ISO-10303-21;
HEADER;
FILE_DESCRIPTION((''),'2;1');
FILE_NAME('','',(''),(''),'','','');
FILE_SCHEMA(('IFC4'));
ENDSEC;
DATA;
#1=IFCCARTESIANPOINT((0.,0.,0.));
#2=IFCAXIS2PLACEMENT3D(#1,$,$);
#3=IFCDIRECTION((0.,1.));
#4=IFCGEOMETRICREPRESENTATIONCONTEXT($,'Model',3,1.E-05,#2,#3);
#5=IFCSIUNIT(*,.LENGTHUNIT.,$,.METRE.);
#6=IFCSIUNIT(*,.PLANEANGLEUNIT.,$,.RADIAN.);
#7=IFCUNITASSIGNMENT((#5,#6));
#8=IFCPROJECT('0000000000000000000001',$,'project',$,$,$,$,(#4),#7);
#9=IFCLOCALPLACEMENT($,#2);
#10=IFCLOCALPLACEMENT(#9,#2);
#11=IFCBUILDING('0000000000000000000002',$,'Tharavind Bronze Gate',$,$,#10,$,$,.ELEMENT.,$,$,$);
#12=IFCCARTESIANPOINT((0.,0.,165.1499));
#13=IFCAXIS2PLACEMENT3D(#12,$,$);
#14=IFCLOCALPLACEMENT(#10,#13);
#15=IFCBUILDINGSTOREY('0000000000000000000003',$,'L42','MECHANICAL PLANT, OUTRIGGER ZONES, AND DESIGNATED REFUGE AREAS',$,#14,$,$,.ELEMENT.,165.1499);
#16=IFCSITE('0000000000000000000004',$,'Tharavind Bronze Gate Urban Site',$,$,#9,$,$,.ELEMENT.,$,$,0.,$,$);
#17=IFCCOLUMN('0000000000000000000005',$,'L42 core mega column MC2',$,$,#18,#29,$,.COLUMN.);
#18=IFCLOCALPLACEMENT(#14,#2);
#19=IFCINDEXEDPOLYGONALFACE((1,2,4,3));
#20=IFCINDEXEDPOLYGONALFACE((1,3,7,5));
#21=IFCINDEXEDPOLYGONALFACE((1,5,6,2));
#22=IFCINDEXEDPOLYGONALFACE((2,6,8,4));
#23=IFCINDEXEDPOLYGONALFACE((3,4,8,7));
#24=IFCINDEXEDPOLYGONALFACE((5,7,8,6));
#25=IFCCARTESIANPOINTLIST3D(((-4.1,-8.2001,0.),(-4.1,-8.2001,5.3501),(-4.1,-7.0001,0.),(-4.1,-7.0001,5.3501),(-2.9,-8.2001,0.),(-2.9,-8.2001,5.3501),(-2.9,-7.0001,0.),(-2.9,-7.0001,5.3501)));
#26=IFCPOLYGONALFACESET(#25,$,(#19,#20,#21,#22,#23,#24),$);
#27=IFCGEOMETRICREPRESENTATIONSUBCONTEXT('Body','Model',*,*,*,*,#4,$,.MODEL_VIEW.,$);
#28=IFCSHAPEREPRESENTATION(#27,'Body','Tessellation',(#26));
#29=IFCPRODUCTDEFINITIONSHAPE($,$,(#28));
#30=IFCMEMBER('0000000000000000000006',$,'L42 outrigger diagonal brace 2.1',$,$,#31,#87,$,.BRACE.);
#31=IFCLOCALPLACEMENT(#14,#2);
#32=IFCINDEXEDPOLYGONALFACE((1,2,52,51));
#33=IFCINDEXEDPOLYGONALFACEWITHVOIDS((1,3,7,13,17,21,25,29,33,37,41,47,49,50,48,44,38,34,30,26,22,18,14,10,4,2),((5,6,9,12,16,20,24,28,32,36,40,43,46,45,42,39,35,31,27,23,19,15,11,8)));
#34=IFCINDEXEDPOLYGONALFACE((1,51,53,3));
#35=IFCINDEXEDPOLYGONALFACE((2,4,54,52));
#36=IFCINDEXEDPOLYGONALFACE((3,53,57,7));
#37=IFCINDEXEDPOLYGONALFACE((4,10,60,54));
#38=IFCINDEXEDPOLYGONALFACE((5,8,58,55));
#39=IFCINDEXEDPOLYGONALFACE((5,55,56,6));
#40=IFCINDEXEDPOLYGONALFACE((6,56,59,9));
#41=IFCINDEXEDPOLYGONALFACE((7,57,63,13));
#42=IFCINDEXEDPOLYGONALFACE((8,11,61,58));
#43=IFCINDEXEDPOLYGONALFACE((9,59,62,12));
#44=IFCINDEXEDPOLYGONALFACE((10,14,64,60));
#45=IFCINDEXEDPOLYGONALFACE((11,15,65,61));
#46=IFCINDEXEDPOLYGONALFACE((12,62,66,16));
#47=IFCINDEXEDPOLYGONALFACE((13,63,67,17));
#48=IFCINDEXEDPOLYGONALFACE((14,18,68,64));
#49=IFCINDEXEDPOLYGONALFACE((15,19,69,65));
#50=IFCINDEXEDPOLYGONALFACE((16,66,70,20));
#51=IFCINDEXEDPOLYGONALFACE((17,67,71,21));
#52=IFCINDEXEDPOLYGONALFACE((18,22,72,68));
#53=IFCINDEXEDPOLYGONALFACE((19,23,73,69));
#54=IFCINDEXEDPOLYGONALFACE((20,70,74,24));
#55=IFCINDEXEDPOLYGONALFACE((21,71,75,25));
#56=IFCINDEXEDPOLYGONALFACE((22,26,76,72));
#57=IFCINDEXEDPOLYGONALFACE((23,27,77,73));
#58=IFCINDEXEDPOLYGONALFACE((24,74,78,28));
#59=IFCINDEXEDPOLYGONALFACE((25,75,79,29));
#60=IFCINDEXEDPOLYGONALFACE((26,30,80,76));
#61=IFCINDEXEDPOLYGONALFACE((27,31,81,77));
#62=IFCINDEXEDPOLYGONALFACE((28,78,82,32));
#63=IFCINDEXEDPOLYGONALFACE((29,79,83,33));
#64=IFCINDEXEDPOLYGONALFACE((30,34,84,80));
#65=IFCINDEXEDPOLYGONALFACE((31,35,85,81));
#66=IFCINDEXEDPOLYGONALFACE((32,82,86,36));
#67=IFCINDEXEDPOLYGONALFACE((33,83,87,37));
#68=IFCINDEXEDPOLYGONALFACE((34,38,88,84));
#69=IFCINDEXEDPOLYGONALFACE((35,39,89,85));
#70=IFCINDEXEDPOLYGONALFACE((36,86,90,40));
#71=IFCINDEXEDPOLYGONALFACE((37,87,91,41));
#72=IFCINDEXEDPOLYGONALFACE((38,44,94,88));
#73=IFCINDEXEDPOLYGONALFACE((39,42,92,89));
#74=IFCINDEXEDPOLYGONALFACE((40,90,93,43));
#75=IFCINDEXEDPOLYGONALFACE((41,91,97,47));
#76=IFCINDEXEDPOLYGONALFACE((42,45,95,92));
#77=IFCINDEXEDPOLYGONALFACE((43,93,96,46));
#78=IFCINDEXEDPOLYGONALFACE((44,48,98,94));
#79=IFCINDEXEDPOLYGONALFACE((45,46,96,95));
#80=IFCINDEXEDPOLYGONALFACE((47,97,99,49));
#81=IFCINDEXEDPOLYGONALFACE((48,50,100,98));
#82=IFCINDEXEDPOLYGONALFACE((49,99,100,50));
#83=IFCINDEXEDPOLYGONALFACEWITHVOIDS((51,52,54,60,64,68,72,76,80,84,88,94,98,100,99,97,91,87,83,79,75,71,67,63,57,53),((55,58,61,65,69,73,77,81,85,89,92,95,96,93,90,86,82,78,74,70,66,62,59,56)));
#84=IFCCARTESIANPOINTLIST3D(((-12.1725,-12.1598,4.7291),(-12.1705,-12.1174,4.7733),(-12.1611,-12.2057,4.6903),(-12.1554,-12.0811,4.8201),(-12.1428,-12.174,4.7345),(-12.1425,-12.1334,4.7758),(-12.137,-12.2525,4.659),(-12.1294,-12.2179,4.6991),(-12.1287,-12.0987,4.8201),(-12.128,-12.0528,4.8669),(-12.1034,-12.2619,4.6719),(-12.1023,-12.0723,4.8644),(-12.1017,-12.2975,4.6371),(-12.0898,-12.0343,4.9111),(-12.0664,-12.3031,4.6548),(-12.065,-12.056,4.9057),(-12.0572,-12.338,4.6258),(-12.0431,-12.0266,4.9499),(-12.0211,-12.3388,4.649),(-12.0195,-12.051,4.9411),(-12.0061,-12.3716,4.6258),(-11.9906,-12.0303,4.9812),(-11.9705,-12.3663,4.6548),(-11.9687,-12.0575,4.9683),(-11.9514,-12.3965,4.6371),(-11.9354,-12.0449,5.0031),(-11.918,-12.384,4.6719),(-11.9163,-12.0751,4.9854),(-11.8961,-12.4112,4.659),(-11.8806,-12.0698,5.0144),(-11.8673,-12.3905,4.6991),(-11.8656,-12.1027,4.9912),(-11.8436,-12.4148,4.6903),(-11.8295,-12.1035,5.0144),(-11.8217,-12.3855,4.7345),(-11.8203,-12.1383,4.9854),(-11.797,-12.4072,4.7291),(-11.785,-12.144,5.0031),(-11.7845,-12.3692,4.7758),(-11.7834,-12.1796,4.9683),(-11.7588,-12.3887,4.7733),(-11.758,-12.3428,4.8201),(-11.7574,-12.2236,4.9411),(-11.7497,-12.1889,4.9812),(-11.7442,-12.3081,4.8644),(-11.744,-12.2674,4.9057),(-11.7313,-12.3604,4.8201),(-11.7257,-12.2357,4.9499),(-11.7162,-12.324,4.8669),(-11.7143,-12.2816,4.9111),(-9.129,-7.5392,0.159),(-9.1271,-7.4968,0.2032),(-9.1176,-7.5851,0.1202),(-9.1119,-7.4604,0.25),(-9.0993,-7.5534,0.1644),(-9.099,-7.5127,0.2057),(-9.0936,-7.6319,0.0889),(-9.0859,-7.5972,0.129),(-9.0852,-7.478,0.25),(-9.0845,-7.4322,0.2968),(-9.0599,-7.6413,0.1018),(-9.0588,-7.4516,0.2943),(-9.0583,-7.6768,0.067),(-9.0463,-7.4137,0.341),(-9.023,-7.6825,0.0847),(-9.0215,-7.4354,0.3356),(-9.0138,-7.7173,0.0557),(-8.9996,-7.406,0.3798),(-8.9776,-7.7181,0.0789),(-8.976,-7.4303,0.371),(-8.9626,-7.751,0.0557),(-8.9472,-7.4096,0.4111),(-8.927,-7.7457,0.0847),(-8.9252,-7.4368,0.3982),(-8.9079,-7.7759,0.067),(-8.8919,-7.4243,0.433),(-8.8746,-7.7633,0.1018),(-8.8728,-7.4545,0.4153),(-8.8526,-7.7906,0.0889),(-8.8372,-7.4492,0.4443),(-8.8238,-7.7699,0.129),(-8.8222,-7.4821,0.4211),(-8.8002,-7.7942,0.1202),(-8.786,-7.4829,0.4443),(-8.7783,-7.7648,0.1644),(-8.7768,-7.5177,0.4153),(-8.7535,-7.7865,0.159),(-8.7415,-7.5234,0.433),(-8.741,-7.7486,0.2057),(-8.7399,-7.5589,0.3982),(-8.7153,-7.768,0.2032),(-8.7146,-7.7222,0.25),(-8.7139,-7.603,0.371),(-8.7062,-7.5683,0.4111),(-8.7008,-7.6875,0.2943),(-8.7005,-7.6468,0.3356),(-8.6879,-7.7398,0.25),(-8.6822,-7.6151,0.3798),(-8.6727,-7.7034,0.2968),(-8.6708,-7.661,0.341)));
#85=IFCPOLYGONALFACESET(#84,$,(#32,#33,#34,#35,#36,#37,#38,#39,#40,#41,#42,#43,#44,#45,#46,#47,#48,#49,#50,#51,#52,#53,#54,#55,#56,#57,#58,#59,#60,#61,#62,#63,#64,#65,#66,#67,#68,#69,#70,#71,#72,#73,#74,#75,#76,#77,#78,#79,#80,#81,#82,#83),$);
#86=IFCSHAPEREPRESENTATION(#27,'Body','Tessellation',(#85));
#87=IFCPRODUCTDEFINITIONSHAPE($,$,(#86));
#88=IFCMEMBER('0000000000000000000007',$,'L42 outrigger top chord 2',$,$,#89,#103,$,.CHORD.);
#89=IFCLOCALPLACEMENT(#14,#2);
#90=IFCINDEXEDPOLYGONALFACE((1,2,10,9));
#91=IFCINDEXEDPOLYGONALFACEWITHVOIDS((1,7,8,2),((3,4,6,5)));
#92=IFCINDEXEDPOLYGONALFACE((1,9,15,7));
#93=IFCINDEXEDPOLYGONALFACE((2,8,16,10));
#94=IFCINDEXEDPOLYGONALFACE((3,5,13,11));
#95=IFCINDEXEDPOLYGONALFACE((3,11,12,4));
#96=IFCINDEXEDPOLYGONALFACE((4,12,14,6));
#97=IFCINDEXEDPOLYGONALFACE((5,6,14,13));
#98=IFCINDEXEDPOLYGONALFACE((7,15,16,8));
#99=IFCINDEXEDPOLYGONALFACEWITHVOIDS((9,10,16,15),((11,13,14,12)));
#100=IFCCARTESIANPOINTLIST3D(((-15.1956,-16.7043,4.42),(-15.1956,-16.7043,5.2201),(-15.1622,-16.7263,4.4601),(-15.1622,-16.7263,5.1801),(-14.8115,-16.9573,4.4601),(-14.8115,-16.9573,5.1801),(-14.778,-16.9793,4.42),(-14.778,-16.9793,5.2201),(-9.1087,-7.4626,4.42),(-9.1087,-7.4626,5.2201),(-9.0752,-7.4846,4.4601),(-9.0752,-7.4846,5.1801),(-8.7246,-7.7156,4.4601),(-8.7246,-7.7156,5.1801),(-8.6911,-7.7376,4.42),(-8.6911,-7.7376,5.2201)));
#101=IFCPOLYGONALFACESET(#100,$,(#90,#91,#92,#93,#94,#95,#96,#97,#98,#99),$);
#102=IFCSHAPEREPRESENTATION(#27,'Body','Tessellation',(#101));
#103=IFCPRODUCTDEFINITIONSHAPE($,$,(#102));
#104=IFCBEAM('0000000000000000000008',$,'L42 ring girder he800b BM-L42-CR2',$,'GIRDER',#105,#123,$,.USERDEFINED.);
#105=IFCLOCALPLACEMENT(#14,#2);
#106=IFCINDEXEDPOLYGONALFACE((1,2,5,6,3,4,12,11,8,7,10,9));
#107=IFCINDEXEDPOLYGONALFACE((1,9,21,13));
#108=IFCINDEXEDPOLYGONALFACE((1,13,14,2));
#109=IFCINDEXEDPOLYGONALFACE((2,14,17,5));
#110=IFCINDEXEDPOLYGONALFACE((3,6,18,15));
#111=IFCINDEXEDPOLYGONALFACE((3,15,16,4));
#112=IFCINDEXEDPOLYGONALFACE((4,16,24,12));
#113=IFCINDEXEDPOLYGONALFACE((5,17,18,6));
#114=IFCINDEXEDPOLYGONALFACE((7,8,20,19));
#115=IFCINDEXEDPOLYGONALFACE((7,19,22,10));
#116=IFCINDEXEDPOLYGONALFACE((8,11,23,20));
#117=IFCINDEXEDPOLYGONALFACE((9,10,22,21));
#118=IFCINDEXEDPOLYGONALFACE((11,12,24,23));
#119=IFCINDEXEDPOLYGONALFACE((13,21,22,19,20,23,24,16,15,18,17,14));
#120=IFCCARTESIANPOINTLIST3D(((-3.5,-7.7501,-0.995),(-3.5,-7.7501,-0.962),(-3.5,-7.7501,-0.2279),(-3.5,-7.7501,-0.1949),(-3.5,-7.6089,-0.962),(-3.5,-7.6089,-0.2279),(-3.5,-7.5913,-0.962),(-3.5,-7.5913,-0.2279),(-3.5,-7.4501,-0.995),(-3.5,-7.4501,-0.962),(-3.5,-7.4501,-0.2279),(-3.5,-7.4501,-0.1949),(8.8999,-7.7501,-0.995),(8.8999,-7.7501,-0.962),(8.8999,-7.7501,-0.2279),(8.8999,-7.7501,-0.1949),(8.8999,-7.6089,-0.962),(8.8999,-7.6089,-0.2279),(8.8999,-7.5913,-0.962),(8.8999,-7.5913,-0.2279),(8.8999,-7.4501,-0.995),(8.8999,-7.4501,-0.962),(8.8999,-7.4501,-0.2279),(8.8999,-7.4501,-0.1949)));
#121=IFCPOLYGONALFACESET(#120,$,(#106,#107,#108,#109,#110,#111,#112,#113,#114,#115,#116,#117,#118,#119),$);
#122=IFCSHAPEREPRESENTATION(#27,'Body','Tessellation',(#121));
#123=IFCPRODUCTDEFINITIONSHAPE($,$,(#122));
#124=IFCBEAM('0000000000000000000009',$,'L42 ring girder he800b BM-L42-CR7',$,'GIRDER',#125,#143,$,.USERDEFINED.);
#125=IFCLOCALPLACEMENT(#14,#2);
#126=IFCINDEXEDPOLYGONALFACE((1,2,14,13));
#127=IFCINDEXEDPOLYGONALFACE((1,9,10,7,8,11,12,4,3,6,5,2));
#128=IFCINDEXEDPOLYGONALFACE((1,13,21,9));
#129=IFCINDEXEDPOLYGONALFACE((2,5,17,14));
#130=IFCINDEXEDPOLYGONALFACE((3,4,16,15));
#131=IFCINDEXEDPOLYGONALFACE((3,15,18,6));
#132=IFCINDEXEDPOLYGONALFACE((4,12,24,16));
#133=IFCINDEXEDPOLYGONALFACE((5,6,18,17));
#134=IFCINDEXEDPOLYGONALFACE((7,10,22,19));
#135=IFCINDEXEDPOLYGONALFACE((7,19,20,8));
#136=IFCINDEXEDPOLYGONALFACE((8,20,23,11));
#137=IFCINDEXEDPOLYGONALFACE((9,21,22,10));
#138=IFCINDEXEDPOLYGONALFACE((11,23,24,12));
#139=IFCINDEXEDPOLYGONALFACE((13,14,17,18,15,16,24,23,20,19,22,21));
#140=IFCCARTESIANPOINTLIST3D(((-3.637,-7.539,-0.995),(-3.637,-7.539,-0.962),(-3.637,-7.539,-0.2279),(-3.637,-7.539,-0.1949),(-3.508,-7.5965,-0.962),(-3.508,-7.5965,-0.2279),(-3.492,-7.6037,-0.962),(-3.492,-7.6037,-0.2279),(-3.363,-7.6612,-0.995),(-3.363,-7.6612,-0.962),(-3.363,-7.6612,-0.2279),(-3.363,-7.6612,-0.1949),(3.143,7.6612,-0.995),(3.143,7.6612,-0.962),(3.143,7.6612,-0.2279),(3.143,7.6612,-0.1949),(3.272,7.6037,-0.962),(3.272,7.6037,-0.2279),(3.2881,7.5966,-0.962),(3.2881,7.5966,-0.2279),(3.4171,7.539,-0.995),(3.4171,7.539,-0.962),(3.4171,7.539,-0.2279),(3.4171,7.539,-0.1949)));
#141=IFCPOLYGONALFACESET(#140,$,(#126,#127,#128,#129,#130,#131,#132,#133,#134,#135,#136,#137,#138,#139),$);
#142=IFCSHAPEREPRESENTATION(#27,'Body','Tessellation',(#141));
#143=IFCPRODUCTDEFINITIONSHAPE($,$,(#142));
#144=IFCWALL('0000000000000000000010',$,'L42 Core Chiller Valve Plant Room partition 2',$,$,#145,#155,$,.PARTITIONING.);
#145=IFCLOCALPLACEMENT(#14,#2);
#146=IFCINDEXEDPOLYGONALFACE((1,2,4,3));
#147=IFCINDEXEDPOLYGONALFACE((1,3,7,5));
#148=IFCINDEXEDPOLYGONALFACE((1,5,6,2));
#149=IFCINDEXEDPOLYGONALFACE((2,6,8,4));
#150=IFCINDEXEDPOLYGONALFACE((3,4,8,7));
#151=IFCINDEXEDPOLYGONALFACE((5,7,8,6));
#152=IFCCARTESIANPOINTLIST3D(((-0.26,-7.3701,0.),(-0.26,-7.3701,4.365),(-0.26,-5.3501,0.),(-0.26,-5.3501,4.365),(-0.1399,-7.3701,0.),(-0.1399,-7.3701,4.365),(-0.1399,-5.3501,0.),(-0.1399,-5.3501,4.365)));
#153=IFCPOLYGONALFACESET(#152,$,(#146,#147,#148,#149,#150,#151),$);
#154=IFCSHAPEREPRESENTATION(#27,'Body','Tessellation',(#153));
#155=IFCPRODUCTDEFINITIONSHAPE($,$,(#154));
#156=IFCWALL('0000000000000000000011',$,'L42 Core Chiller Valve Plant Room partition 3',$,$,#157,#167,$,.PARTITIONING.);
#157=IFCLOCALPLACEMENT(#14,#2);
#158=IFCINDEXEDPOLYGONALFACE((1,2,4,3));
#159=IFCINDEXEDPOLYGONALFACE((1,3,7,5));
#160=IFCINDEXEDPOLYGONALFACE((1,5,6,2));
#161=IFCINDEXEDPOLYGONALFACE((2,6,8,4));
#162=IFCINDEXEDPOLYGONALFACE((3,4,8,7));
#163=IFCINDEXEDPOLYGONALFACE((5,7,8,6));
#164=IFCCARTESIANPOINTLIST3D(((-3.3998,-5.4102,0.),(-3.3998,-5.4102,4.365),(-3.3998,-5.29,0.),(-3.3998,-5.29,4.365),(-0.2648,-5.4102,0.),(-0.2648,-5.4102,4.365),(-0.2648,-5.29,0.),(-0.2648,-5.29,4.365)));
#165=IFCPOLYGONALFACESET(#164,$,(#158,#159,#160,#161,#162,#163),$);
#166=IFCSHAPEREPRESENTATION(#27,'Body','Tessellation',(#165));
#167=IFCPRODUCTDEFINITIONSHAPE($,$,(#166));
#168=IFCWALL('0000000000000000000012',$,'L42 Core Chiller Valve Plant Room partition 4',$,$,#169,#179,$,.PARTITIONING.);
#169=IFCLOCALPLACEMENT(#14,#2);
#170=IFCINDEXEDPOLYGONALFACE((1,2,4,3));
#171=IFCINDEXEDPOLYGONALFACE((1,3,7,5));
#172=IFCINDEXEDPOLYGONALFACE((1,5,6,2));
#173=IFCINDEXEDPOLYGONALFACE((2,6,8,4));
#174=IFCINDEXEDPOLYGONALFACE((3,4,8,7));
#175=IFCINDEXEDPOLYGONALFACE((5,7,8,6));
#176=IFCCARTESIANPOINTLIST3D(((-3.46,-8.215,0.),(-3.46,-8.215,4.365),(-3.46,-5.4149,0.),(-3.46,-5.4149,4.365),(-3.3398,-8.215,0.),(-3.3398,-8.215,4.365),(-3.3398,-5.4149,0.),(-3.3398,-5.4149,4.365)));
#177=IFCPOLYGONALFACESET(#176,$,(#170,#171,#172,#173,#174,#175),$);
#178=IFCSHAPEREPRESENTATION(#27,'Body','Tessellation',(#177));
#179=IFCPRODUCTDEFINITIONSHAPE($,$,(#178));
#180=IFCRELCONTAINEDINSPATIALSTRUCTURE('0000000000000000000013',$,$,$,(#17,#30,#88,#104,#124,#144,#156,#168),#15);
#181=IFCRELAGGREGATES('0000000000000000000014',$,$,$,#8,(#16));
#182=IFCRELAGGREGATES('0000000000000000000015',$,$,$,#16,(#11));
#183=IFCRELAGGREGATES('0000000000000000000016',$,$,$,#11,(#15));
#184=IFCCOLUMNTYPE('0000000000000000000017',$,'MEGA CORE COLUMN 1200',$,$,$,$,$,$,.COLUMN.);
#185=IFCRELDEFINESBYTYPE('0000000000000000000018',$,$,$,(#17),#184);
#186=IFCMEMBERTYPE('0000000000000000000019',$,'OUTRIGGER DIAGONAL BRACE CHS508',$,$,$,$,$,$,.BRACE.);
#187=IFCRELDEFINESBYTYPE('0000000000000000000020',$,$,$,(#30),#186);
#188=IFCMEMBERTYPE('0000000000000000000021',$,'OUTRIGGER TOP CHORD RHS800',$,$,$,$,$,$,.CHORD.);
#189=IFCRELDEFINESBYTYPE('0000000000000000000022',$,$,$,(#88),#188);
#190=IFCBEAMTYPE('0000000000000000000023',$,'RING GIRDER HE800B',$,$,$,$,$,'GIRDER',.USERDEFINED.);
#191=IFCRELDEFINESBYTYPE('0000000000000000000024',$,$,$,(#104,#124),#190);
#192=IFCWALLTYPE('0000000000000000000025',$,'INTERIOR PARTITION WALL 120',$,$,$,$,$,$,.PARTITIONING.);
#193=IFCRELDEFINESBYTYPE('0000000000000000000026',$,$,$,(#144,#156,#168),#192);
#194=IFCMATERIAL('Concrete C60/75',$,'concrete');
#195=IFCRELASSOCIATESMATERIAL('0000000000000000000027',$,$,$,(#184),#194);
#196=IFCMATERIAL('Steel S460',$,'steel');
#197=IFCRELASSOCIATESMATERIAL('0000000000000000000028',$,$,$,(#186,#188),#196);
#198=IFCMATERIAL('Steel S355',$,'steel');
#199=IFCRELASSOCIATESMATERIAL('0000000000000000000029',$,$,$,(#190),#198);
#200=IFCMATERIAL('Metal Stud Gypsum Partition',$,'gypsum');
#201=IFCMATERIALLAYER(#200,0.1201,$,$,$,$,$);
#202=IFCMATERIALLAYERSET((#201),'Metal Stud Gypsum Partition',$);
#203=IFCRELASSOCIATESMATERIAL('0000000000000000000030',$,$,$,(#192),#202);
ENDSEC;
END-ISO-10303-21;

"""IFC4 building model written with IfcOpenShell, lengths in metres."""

from ifc_helpers import new_model, si_unit, direction, frame, frame_2d, origin, origin_2d, place, context, subcontext, project, spatial, rectangle, hollow_rectangle, hollow_circle, i_section, extrude, material, layer, layer_set, material_profile, profile_set, type_object, element, save


model = new_model("IFC4")

# Units and contexts
model_context = context("Model", 3, precision=1e-05, world=origin(), true_north=direction((0.0, 1.0)))
body_context = subcontext(model_context, "Body", "Model", "MODEL_VIEW")
ifc_project = project(units=[si_unit("LENGTHUNIT", "METRE"), si_unit("PLANEANGLEUNIT", "RADIAN")], contexts=[model_context])

# Site, building, storey
site_placement = place(None, origin())
site = spatial("IfcSite", under=ifc_project, at=site_placement, Name="Tharavind Bronze Gate Urban Site", CompositionType="ELEMENT", RefElevation=0.0)
building_placement = place(site_placement, origin())
building = spatial("IfcBuilding", under=site, at=building_placement, Name="Tharavind Bronze Gate", CompositionType="ELEMENT")
storey_placement = place(building_placement, frame((0.0, 0.0, 165.1499)))
storey = spatial("IfcBuildingStorey", under=building, at=storey_placement, Name="L42", Description="MECHANICAL PLANT, OUTRIGGER ZONES, AND DESIGNATED REFUGE AREAS", CompositionType="ELEMENT", Elevation=165.1499)

# Column
ifc_material_1 = material(Name="Concrete C60/75", Category="concrete")
ifc_material_profile_1 = material_profile(ifc_material_1, rectangle(XDim=1.2, YDim=1.2, at=origin_2d()), Name="RCCOL1200")
ifc_profile_set_1 = profile_set([ifc_material_profile_1], Name="Concrete C60/75")
column_type = type_object("IfcColumnType", Name="MEGA CORE COLUMN 1200", PredefinedType="COLUMN", material=ifc_profile_set_1)
column_placement = place(storey_placement, frame((-3.5, -7.6001, 0.0), z_axis=(0.0, 0.0, 1.0), x_axis=(1.0, 0.0, 0.0)))
element("IfcColumn", 1, at=column_placement, inside=storey, type_object=column_type, Name="L42 core mega column MC2", PredefinedType="COLUMN", context=body_context, shape_type="SweptSolid", body=[
    extrude(rectangle(XDim=1.2, YDim=1.2, at=origin_2d()), origin(), (0.0, 0.0, 1.0), 5.3501),
])

# Members
ifc_material_2 = material(Name="Steel S460", Category="steel")
ifc_material_profile_2 = material_profile(ifc_material_2, hollow_circle(Radius=0.2539, WallThickness=0.032, at=origin_2d()), Name="CHS508X32")
ifc_profile_set_2 = profile_set([ifc_material_profile_2], Name="Steel S460")
member_type_1 = type_object("IfcMemberType", Name="OUTRIGGER DIAGONAL BRACE CHS508", PredefinedType="BRACE", material=ifc_profile_set_2)
member_1_placement = place(storey_placement, frame((-8.8999, -7.6001, 0.25), z_axis=(-0.424103, -0.643877, 0.636835), x_axis=(0.835119, -0.550069, 0.0)))
element("IfcMember", 2, at=member_1_placement, inside=storey, type_object=member_type_1, Name="L42 outrigger diagonal brace 2.1", PredefinedType="BRACE", context=body_context, shape_type="SweptSolid", body=[
    extrude(hollow_circle(Radius=0.2539, WallThickness=0.032, at=origin_2d()), origin(), (0.0, 0.0, 1.0), 7.1763),
])
ifc_material_profile_3 = material_profile(ifc_material_2, hollow_rectangle(XDim=0.5, YDim=0.8, WallThickness=0.04, at=origin_2d()), Name="RHS800X500X40")
ifc_profile_set_3 = profile_set([ifc_material_profile_3], Name="Steel S460")
member_type_2 = type_object("IfcMemberType", Name="OUTRIGGER TOP CHORD RHS800", PredefinedType="CHORD", material=ifc_profile_set_3)
member_2_placement = place(storey_placement, frame((-8.8999, -7.6001, 4.8201), z_axis=(-0.550048, -0.835133, 0.0), x_axis=(0.835133, -0.550048, 0.0)))
element("IfcMember", 3, at=member_2_placement, inside=storey, type_object=member_type_2, Name="L42 outrigger top chord 2", PredefinedType="CHORD", context=body_context, shape_type="SweptSolid", body=[
    extrude(hollow_rectangle(XDim=0.5, YDim=0.8, WallThickness=0.04, at=origin_2d()), origin(), (0.0, 0.0, 1.0), 11.0662),
])

# Beams
ifc_material_3 = material(Name="Steel S355", Category="steel")
ifc_material_profile_4 = material_profile(ifc_material_3, i_section(OverallWidth=0.3, OverallDepth=0.8, WebThickness=0.0176, FlangeThickness=0.033, at=origin_2d()), Name="HE800B")
ifc_profile_set_4 = profile_set([ifc_material_profile_4], Name="Steel S355")
beam_type = type_object("IfcBeamType", Name="RING GIRDER HE800B", ElementType="GIRDER", PredefinedType="USERDEFINED", material=ifc_profile_set_4)
beam_1_placement = place(storey_placement, frame((-3.5, -7.6001, -0.595), z_axis=(1.0, 0.0, 0.0), x_axis=(0.0, 1.0, 0.0)))
element("IfcBeam", 4, at=beam_1_placement, inside=storey, type_object=beam_type, Name="L42 ring girder he800b BM-L42-CR2", ObjectType="GIRDER", PredefinedType="USERDEFINED", context=body_context, shape_type="SweptSolid", body=[
    extrude(i_section(OverallWidth=0.3, OverallDepth=0.8, WebThickness=0.0176, FlangeThickness=0.033, at=origin_2d()), origin(), (0.0, 0.0, 1.0), 12.3999),
])
beam_2_placement = place(storey_placement, frame((-3.5, -7.6001, -0.595), z_axis=(0.407362, 0.913267, 0.0), x_axis=(-0.913267, 0.407362, 0.0)))
element("IfcBeam", 5, at=beam_2_placement, inside=storey, type_object=beam_type, Name="L42 ring girder he800b BM-L42-CR7", ObjectType="GIRDER", PredefinedType="USERDEFINED", context=body_context, shape_type="SweptSolid", body=[
    extrude(i_section(OverallWidth=0.3, OverallDepth=0.8, WebThickness=0.0176, FlangeThickness=0.033, at=origin_2d()), origin(), (0.0, 0.0, 1.0), 16.6438),
])

# Walls
ifc_material_4 = material(Name="Metal Stud Gypsum Partition", Category="gypsum")
ifc_layer_1 = layer(ifc_material_4, 0.1201)
ifc_layer_set_1 = layer_set([ifc_layer_1], Name="Metal Stud Gypsum Partition")
wall_type_1 = type_object("IfcWallType", Name="INTERIOR PARTITION WALL 120", PredefinedType="PARTITIONING", material=ifc_layer_set_1)
wall_1_placement = place(storey_placement, frame((-0.2, -7.3701, 0.0), z_axis=(0.0, 0.0, 1.0), x_axis=(0.0, 1.0, 0.0)))
element("IfcWall", 6, at=wall_1_placement, inside=storey, type_object=wall_type_1, Name="L42 Core Chiller Valve Plant Room partition 2", PredefinedType="PARTITIONING", context=body_context, shape_type="SweptSolid", body=[
    extrude(rectangle(XDim=2.02, YDim=0.1201, at=frame_2d((1.01, 0.0))), origin(), (0.0, 0.0, 1.0), 4.365),
])
wall_2_placement = place(storey_placement, frame((-0.2649, -5.3501, 0.0), z_axis=(0.0, 0.0, 1.0), x_axis=(-1.0, 0.0, 0.0)))
element("IfcWall", 7, at=wall_2_placement, inside=storey, type_object=wall_type_1, Name="L42 Core Chiller Valve Plant Room partition 3", PredefinedType="PARTITIONING", context=body_context, shape_type="SweptSolid", body=[
    extrude(rectangle(XDim=3.135, YDim=0.1201, at=frame_2d((1.5674, 0.0))), origin(), (0.0, 0.0, 1.0), 4.365),
])
wall_3_placement = place(storey_placement, frame((-3.3999, -5.415, 0.0), z_axis=(0.0, 0.0, 1.0), x_axis=(0.0, -1.0, 0.0)))
element("IfcWall", 8, at=wall_3_placement, inside=storey, type_object=wall_type_1, Name="L42 Core Chiller Valve Plant Room partition 4", PredefinedType="PARTITIONING", context=body_context, shape_type="SweptSolid", body=[
    extrude(rectangle(XDim=2.8, YDim=0.1201, at=frame_2d((1.3999, 0.0))), origin(), (0.0, 0.0, 1.0), 4.365),
])

save(model, "model.ifc")
